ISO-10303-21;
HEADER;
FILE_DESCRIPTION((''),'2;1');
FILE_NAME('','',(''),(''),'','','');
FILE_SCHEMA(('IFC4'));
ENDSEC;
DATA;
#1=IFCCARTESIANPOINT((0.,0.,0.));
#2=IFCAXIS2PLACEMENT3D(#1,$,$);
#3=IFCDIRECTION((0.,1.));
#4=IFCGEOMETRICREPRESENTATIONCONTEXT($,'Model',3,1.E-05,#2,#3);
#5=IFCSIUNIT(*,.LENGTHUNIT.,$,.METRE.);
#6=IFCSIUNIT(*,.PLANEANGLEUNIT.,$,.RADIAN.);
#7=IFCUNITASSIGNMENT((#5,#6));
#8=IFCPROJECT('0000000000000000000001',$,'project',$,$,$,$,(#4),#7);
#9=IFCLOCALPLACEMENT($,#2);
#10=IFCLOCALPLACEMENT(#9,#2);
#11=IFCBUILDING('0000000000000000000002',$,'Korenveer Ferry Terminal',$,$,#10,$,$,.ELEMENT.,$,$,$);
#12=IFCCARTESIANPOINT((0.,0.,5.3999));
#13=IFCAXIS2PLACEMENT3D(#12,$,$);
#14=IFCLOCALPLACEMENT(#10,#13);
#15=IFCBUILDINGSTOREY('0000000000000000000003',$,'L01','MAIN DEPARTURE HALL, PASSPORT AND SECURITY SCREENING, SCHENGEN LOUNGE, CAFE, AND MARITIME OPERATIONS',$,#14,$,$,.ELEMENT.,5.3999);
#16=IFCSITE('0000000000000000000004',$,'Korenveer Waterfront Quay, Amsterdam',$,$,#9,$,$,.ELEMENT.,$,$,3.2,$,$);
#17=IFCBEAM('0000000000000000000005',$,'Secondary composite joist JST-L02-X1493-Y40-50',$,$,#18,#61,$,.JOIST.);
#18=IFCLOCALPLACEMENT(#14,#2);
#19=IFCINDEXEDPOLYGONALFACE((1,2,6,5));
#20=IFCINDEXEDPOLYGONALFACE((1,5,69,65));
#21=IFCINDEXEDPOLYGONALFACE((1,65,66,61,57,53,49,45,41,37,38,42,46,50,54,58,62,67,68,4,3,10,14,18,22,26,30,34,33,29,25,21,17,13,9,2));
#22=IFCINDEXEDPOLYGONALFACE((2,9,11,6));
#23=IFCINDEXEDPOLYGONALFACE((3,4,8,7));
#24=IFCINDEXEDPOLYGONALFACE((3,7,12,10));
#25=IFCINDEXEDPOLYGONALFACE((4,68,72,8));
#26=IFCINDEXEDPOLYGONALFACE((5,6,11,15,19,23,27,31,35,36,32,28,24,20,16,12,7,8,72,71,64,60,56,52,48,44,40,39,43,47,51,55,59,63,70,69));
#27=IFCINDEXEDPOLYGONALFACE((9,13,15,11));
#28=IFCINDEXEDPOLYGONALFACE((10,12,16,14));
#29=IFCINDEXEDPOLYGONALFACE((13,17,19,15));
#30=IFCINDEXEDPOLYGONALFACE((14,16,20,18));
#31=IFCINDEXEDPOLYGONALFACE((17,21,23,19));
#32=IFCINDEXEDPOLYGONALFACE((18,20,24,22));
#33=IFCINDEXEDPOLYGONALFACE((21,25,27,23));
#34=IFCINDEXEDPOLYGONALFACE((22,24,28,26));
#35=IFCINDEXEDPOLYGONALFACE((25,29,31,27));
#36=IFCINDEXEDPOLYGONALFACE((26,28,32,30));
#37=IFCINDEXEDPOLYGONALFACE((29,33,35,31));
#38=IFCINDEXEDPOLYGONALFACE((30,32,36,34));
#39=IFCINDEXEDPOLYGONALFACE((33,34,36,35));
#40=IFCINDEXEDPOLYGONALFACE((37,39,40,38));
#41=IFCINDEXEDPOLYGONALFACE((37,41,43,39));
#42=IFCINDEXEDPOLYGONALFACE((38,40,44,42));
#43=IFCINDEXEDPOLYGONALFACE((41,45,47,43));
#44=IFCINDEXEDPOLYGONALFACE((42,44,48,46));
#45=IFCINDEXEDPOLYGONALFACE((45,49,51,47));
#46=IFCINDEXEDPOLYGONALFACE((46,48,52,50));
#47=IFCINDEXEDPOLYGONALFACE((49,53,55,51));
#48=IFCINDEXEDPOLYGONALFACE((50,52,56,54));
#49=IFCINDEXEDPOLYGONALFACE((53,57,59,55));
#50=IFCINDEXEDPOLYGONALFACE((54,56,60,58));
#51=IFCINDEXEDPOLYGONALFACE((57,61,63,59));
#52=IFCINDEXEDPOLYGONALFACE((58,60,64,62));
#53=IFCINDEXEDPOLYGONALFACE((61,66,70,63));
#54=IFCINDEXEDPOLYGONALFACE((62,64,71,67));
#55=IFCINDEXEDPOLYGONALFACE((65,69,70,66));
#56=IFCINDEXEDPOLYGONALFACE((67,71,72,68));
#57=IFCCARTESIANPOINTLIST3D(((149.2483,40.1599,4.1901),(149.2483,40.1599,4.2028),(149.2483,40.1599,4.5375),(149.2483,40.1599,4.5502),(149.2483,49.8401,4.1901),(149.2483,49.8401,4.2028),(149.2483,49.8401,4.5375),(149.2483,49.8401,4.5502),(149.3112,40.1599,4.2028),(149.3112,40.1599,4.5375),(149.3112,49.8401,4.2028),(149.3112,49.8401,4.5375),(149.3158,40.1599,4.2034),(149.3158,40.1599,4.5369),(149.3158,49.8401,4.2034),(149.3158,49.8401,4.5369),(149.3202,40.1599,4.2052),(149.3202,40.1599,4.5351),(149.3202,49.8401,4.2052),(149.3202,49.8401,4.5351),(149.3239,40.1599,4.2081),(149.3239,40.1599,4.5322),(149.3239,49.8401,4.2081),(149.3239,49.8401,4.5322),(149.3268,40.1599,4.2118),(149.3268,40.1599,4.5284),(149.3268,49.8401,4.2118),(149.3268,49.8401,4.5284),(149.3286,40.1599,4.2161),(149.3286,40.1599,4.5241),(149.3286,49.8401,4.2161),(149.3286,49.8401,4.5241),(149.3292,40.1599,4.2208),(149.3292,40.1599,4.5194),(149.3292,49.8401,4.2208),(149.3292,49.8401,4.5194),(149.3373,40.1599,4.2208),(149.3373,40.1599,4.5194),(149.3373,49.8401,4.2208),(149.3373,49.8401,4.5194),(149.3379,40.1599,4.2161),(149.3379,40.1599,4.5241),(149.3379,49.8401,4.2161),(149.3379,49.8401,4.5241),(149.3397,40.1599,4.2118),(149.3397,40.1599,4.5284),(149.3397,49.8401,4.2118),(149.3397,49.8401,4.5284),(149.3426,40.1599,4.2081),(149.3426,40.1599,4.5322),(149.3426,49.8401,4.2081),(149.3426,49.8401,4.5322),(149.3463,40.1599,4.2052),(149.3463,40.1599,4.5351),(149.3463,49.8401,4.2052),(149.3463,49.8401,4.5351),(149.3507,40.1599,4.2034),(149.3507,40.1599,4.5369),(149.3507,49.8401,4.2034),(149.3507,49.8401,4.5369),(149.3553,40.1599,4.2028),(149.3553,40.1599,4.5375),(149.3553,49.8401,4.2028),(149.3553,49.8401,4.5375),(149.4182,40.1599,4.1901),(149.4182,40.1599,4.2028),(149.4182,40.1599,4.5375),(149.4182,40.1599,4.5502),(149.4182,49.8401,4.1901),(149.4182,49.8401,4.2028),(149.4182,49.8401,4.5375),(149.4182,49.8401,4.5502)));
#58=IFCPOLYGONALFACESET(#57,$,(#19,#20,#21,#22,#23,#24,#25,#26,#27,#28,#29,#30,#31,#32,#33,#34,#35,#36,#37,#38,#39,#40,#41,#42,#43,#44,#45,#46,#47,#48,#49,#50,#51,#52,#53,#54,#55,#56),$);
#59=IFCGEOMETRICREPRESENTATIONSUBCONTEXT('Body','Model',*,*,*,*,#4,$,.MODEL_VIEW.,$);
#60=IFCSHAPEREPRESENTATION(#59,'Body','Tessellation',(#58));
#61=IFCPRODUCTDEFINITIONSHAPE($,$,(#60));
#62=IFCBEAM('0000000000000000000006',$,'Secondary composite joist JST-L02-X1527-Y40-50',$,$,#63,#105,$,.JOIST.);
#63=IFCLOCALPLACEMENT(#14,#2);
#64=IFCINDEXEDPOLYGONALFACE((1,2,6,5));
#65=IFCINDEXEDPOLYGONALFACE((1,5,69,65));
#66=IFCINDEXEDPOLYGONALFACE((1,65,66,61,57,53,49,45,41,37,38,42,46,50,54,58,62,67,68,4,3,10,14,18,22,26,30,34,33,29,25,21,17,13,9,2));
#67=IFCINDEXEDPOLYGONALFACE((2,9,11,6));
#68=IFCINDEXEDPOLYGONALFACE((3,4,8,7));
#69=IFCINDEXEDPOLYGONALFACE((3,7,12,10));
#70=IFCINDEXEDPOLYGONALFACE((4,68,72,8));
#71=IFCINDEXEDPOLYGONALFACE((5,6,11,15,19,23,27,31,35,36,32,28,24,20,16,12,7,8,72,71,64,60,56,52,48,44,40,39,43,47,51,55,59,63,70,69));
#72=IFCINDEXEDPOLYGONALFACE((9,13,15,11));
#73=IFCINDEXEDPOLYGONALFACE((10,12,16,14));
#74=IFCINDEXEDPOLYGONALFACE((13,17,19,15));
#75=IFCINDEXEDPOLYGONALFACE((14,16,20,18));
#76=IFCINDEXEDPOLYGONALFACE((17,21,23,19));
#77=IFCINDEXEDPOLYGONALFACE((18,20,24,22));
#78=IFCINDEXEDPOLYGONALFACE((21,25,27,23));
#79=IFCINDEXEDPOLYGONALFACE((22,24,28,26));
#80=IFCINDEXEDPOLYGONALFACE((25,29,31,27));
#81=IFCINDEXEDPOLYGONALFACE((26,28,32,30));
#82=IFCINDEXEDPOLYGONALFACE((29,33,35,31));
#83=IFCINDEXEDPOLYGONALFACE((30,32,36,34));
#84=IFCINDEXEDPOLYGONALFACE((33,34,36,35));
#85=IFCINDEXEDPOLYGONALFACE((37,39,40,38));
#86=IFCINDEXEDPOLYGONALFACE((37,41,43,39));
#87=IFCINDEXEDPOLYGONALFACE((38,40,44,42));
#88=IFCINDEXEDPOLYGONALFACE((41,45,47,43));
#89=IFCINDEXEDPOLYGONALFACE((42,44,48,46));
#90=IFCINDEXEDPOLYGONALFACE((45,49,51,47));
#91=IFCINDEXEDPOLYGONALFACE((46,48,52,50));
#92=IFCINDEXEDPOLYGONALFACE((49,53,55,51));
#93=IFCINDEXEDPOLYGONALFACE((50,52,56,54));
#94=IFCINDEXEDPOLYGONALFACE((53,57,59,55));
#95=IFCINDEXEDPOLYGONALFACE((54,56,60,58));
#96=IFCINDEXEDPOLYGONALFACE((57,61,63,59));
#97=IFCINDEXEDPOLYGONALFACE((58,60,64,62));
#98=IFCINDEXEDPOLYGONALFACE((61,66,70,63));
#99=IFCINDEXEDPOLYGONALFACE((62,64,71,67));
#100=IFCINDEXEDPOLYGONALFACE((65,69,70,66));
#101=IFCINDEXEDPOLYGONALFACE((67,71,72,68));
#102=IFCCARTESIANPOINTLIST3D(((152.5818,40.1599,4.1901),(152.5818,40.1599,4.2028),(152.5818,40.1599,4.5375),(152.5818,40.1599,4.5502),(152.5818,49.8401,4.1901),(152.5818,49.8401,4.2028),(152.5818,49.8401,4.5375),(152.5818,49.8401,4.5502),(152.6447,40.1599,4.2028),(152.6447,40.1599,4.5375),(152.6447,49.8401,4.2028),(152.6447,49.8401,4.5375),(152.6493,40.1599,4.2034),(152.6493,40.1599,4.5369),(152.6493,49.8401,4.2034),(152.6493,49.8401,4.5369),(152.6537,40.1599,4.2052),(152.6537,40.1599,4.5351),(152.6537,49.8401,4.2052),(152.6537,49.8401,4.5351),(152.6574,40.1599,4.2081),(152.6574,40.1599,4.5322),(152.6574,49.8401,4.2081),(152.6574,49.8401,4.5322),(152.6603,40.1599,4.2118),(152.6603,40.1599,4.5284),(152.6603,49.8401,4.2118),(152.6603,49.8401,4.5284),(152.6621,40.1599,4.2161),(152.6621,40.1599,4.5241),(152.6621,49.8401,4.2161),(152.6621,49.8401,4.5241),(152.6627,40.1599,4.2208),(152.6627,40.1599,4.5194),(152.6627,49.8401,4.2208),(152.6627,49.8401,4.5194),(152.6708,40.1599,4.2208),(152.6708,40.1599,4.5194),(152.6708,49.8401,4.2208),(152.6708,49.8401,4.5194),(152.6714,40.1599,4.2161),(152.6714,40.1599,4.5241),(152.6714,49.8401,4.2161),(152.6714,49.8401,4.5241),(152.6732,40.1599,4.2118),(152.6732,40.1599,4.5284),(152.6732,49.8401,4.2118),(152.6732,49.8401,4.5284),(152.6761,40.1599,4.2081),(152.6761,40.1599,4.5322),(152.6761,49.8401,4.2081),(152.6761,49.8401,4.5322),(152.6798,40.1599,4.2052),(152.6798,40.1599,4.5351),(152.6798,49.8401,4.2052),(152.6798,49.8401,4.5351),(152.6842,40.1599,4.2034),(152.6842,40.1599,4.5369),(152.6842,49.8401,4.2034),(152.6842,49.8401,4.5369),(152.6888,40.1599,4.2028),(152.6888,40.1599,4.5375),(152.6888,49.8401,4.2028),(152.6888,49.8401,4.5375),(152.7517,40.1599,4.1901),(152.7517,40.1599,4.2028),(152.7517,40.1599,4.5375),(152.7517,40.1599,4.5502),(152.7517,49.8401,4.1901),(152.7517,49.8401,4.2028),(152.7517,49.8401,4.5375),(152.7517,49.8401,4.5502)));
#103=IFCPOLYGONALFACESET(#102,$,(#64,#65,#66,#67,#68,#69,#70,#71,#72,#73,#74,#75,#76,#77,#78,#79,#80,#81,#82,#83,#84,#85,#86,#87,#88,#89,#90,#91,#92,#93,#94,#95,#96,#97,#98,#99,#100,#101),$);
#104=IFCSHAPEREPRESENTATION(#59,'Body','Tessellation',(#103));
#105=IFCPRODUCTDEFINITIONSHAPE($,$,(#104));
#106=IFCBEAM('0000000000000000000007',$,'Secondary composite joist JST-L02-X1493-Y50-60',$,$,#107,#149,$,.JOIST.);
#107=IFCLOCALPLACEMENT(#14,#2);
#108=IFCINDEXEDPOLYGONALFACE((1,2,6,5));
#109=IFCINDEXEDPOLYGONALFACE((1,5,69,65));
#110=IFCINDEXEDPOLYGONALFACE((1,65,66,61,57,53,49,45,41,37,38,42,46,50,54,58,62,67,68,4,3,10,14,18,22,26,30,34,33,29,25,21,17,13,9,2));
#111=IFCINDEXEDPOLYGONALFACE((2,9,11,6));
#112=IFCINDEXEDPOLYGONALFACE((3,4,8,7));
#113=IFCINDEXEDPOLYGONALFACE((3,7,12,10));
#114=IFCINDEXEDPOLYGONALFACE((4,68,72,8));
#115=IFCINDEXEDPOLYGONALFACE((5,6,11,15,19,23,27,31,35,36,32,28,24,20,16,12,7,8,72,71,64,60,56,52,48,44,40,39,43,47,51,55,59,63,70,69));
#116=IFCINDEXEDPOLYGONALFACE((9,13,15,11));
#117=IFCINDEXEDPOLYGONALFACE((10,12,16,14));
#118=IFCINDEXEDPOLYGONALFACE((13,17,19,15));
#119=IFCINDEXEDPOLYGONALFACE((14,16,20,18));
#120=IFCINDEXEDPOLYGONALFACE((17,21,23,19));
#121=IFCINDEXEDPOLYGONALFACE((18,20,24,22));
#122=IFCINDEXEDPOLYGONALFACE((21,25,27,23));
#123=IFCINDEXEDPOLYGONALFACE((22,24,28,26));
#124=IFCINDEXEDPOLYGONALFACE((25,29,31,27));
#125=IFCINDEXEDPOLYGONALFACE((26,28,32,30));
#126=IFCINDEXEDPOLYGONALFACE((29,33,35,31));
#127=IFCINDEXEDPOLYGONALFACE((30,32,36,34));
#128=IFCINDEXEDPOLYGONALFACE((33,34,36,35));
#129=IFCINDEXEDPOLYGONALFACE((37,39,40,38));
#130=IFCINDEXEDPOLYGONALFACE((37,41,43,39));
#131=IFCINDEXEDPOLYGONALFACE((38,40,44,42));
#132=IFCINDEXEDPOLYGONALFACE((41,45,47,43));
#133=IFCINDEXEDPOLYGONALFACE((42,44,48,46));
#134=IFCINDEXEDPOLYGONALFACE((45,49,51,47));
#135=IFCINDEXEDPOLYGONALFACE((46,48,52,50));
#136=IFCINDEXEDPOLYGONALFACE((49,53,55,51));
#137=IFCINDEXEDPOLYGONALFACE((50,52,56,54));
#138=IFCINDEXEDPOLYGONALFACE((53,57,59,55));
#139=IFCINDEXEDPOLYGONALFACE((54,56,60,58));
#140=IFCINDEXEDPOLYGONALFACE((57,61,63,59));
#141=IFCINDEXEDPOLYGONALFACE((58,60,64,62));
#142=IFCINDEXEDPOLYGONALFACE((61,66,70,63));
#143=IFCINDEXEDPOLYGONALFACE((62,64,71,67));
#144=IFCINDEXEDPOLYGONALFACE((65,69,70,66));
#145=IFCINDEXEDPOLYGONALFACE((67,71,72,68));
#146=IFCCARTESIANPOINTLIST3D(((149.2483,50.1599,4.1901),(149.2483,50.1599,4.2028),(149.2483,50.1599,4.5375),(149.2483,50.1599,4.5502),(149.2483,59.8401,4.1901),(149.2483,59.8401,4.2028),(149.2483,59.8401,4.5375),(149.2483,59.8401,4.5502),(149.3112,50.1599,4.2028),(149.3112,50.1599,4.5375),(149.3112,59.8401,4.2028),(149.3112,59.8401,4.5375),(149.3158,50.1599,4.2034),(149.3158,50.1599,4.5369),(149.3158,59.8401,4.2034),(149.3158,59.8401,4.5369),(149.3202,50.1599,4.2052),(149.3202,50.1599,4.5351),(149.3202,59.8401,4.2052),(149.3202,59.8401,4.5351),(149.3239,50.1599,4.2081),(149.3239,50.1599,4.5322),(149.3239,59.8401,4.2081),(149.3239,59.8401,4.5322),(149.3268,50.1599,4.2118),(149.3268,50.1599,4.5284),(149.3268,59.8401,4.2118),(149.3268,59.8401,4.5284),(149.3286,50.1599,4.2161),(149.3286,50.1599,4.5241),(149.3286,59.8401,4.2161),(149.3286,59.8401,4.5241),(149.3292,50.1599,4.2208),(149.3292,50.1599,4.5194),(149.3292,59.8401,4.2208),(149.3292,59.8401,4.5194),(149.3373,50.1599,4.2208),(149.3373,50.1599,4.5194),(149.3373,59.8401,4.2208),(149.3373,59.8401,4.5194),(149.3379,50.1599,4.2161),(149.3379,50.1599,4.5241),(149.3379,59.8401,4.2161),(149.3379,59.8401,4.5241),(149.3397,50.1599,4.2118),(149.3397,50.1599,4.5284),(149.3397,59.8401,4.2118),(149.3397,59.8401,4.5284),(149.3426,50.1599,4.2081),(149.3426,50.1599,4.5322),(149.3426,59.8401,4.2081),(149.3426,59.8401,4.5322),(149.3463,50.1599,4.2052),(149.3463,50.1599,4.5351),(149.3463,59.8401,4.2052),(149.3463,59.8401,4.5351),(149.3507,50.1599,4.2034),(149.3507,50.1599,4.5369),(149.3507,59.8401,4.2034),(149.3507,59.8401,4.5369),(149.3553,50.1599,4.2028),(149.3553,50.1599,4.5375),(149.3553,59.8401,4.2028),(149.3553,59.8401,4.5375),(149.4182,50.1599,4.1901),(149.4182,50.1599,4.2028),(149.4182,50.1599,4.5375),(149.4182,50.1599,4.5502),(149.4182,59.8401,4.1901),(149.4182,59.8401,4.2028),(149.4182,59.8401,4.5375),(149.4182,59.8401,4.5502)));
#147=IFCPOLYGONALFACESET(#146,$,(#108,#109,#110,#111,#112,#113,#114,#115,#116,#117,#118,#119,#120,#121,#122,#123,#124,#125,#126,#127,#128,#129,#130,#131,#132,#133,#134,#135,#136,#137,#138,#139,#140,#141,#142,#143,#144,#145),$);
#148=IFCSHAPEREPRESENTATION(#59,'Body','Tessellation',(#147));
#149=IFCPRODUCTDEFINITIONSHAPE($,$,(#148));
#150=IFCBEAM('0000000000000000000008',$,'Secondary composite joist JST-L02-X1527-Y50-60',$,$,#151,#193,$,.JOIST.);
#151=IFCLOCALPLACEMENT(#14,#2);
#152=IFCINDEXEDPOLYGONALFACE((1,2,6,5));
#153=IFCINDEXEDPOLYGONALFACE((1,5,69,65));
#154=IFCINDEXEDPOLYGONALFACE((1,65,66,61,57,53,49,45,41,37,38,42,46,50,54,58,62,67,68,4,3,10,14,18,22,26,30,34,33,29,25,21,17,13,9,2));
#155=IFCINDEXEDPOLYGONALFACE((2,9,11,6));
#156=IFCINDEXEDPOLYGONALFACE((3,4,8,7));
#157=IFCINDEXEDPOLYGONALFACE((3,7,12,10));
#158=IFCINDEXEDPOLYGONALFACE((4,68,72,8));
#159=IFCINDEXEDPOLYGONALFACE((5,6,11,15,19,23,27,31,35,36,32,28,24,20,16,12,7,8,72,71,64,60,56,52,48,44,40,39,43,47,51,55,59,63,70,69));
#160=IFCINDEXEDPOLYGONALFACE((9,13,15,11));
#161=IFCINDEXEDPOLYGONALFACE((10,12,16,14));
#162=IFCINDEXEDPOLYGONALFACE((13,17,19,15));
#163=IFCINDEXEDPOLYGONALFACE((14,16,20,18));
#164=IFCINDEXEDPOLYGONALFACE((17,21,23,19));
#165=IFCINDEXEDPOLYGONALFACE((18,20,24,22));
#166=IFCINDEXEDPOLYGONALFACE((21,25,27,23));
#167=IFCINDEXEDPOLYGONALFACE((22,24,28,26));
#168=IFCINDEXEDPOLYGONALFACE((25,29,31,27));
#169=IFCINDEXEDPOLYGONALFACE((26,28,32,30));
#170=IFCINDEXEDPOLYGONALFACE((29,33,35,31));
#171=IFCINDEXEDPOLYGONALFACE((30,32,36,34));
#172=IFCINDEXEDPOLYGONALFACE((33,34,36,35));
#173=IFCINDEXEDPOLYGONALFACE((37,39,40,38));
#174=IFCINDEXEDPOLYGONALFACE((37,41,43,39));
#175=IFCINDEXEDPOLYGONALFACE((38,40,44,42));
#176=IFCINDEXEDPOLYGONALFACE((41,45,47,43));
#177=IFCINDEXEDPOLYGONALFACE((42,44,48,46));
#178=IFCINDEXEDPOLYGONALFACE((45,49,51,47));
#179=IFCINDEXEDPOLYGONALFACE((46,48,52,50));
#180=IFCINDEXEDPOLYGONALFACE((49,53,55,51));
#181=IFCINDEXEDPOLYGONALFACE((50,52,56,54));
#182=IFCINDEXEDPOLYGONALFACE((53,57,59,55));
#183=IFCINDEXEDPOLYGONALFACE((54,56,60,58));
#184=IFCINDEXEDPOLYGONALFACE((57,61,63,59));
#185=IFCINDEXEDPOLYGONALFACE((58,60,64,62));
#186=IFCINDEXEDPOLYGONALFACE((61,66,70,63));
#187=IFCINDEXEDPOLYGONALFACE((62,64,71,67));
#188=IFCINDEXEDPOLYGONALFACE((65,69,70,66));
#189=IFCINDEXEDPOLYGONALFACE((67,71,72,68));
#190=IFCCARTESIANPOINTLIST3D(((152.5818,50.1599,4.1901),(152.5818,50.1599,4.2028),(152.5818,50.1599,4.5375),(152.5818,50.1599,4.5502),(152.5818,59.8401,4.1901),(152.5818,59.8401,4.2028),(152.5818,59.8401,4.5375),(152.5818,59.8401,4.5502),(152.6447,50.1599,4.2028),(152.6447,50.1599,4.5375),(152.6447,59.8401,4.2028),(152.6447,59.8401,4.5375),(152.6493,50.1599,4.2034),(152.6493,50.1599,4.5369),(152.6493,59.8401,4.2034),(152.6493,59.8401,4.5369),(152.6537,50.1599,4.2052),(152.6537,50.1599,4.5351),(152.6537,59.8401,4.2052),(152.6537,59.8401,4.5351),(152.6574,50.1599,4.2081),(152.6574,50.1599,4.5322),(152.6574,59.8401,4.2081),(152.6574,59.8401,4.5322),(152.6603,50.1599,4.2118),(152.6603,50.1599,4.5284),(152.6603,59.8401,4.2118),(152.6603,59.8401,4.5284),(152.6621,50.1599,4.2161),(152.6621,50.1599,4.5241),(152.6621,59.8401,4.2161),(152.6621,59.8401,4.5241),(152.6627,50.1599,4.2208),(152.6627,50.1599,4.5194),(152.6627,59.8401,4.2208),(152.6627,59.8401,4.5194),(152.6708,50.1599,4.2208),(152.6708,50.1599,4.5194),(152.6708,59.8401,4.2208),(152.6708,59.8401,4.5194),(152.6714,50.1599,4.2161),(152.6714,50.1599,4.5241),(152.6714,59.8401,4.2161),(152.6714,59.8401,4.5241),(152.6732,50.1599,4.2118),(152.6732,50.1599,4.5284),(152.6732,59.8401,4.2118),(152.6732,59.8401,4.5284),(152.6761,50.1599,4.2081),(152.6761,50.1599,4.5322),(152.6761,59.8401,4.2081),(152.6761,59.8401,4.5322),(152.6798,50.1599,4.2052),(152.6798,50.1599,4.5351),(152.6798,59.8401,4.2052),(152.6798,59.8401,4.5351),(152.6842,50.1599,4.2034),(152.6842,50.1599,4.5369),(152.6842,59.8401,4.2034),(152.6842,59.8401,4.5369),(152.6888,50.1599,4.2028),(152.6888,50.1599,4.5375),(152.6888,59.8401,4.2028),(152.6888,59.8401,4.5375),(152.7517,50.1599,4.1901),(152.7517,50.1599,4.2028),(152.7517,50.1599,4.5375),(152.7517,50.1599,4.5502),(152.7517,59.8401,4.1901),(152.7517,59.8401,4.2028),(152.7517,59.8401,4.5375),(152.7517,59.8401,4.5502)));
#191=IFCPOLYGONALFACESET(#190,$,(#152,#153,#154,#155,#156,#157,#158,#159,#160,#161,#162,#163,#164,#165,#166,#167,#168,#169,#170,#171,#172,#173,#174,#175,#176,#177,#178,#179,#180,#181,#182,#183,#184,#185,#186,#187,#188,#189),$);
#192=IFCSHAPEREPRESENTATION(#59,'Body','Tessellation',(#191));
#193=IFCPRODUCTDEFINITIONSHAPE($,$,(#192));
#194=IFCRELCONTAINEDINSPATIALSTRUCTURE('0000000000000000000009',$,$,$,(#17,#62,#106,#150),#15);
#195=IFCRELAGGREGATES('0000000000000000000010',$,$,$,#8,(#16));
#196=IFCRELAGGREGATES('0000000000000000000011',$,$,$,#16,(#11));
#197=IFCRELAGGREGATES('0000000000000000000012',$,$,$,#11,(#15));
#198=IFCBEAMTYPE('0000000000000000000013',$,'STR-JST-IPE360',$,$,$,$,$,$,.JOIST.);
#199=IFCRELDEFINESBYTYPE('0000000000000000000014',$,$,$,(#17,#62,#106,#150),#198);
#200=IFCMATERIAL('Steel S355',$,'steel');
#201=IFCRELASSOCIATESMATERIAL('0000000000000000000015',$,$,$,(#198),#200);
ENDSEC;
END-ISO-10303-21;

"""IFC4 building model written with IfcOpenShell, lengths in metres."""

from ifc_helpers import new_model, si_unit, direction, frame, origin, origin_2d, place, context, subcontext, project, spatial, i_section, extrude, material, material_profile, profile_set, type_object, element, save


model = new_model("IFC4")

# Units and contexts
model_context = context("Model", 3, precision=1e-05, world=origin(), true_north=direction((0.0, 1.0)))
body_context = subcontext(model_context, "Body", "Model", "MODEL_VIEW")
ifc_project = project(units=[si_unit("LENGTHUNIT", "METRE"), si_unit("PLANEANGLEUNIT", "RADIAN")], contexts=[model_context])

# Site, building, storey
site_placement = place(None, origin())
site = spatial("IfcSite", under=ifc_project, at=site_placement, Name="Korenveer Waterfront Quay, Amsterdam", CompositionType="ELEMENT", RefElevation=3.2)
building_placement = place(site_placement, origin())
building = spatial("IfcBuilding", under=site, at=building_placement, Name="Korenveer Ferry Terminal", CompositionType="ELEMENT")
storey_placement = place(building_placement, frame((0.0, 0.0, 5.3999)))
storey = spatial("IfcBuildingStorey", under=building, at=storey_placement, Name="L01", Description="MAIN DEPARTURE HALL, PASSPORT AND SECURITY SCREENING, SCHENGEN LOUNGE, CAFE, AND MARITIME OPERATIONS", CompositionType="ELEMENT", Elevation=5.3999)

# Beams
ifc_material_1 = material(Name="Steel S355", Category="steel")
ifc_material_profile_1 = material_profile(ifc_material_1, i_section(OverallWidth=0.1699, OverallDepth=0.3601, WebThickness=0.0081, FlangeThickness=0.0127, FilletRadius=0.0181, at=origin_2d()), Name="IPE 360")
ifc_profile_set_1 = profile_set([ifc_material_profile_1], Name="Steel S355")
beam_type_1 = type_object("IfcBeamType", Name="STR-JST-IPE360", PredefinedType="JOIST", material=ifc_profile_set_1)
for number, where, z_axis, x_axis, name in (
    (1, (149.3333, 40.1599, 4.3701), (0.0, 1.0, 0.0), (-1.0, 0.0, 0.0), "Secondary composite joist JST-L02-X1493-Y40-50"),
    (2, (152.6667, 40.1599, 4.3701), (0.0, 1.0, 0.0), (-1.0, 0.0, 0.0), "Secondary composite joist JST-L02-X1527-Y40-50"),
    (3, (149.3333, 50.1599, 4.3701), (0.0, 1.0, 0.0), (-1.0, 0.0, 0.0), "Secondary composite joist JST-L02-X1493-Y50-60"),
    (4, (152.6667, 50.1599, 4.3701), (0.0, 1.0, 0.0), (-1.0, 0.0, 0.0), "Secondary composite joist JST-L02-X1527-Y50-60"),
):
    element("IfcBeam", number, at=place(storey_placement, frame(where, z_axis=z_axis, x_axis=x_axis)), inside=storey, type_object=beam_type_1, Name=name, PredefinedType="JOIST", context=body_context, shape_type="SweptSolid", body=[
        extrude(i_section(OverallWidth=0.1699, OverallDepth=0.3601, WebThickness=0.0081, FlangeThickness=0.0127, FilletRadius=0.0181, at=origin_2d()), origin(), (0.0, 0.0, 1.0), 9.6802),
    ])

save(model, "model.ifc")
